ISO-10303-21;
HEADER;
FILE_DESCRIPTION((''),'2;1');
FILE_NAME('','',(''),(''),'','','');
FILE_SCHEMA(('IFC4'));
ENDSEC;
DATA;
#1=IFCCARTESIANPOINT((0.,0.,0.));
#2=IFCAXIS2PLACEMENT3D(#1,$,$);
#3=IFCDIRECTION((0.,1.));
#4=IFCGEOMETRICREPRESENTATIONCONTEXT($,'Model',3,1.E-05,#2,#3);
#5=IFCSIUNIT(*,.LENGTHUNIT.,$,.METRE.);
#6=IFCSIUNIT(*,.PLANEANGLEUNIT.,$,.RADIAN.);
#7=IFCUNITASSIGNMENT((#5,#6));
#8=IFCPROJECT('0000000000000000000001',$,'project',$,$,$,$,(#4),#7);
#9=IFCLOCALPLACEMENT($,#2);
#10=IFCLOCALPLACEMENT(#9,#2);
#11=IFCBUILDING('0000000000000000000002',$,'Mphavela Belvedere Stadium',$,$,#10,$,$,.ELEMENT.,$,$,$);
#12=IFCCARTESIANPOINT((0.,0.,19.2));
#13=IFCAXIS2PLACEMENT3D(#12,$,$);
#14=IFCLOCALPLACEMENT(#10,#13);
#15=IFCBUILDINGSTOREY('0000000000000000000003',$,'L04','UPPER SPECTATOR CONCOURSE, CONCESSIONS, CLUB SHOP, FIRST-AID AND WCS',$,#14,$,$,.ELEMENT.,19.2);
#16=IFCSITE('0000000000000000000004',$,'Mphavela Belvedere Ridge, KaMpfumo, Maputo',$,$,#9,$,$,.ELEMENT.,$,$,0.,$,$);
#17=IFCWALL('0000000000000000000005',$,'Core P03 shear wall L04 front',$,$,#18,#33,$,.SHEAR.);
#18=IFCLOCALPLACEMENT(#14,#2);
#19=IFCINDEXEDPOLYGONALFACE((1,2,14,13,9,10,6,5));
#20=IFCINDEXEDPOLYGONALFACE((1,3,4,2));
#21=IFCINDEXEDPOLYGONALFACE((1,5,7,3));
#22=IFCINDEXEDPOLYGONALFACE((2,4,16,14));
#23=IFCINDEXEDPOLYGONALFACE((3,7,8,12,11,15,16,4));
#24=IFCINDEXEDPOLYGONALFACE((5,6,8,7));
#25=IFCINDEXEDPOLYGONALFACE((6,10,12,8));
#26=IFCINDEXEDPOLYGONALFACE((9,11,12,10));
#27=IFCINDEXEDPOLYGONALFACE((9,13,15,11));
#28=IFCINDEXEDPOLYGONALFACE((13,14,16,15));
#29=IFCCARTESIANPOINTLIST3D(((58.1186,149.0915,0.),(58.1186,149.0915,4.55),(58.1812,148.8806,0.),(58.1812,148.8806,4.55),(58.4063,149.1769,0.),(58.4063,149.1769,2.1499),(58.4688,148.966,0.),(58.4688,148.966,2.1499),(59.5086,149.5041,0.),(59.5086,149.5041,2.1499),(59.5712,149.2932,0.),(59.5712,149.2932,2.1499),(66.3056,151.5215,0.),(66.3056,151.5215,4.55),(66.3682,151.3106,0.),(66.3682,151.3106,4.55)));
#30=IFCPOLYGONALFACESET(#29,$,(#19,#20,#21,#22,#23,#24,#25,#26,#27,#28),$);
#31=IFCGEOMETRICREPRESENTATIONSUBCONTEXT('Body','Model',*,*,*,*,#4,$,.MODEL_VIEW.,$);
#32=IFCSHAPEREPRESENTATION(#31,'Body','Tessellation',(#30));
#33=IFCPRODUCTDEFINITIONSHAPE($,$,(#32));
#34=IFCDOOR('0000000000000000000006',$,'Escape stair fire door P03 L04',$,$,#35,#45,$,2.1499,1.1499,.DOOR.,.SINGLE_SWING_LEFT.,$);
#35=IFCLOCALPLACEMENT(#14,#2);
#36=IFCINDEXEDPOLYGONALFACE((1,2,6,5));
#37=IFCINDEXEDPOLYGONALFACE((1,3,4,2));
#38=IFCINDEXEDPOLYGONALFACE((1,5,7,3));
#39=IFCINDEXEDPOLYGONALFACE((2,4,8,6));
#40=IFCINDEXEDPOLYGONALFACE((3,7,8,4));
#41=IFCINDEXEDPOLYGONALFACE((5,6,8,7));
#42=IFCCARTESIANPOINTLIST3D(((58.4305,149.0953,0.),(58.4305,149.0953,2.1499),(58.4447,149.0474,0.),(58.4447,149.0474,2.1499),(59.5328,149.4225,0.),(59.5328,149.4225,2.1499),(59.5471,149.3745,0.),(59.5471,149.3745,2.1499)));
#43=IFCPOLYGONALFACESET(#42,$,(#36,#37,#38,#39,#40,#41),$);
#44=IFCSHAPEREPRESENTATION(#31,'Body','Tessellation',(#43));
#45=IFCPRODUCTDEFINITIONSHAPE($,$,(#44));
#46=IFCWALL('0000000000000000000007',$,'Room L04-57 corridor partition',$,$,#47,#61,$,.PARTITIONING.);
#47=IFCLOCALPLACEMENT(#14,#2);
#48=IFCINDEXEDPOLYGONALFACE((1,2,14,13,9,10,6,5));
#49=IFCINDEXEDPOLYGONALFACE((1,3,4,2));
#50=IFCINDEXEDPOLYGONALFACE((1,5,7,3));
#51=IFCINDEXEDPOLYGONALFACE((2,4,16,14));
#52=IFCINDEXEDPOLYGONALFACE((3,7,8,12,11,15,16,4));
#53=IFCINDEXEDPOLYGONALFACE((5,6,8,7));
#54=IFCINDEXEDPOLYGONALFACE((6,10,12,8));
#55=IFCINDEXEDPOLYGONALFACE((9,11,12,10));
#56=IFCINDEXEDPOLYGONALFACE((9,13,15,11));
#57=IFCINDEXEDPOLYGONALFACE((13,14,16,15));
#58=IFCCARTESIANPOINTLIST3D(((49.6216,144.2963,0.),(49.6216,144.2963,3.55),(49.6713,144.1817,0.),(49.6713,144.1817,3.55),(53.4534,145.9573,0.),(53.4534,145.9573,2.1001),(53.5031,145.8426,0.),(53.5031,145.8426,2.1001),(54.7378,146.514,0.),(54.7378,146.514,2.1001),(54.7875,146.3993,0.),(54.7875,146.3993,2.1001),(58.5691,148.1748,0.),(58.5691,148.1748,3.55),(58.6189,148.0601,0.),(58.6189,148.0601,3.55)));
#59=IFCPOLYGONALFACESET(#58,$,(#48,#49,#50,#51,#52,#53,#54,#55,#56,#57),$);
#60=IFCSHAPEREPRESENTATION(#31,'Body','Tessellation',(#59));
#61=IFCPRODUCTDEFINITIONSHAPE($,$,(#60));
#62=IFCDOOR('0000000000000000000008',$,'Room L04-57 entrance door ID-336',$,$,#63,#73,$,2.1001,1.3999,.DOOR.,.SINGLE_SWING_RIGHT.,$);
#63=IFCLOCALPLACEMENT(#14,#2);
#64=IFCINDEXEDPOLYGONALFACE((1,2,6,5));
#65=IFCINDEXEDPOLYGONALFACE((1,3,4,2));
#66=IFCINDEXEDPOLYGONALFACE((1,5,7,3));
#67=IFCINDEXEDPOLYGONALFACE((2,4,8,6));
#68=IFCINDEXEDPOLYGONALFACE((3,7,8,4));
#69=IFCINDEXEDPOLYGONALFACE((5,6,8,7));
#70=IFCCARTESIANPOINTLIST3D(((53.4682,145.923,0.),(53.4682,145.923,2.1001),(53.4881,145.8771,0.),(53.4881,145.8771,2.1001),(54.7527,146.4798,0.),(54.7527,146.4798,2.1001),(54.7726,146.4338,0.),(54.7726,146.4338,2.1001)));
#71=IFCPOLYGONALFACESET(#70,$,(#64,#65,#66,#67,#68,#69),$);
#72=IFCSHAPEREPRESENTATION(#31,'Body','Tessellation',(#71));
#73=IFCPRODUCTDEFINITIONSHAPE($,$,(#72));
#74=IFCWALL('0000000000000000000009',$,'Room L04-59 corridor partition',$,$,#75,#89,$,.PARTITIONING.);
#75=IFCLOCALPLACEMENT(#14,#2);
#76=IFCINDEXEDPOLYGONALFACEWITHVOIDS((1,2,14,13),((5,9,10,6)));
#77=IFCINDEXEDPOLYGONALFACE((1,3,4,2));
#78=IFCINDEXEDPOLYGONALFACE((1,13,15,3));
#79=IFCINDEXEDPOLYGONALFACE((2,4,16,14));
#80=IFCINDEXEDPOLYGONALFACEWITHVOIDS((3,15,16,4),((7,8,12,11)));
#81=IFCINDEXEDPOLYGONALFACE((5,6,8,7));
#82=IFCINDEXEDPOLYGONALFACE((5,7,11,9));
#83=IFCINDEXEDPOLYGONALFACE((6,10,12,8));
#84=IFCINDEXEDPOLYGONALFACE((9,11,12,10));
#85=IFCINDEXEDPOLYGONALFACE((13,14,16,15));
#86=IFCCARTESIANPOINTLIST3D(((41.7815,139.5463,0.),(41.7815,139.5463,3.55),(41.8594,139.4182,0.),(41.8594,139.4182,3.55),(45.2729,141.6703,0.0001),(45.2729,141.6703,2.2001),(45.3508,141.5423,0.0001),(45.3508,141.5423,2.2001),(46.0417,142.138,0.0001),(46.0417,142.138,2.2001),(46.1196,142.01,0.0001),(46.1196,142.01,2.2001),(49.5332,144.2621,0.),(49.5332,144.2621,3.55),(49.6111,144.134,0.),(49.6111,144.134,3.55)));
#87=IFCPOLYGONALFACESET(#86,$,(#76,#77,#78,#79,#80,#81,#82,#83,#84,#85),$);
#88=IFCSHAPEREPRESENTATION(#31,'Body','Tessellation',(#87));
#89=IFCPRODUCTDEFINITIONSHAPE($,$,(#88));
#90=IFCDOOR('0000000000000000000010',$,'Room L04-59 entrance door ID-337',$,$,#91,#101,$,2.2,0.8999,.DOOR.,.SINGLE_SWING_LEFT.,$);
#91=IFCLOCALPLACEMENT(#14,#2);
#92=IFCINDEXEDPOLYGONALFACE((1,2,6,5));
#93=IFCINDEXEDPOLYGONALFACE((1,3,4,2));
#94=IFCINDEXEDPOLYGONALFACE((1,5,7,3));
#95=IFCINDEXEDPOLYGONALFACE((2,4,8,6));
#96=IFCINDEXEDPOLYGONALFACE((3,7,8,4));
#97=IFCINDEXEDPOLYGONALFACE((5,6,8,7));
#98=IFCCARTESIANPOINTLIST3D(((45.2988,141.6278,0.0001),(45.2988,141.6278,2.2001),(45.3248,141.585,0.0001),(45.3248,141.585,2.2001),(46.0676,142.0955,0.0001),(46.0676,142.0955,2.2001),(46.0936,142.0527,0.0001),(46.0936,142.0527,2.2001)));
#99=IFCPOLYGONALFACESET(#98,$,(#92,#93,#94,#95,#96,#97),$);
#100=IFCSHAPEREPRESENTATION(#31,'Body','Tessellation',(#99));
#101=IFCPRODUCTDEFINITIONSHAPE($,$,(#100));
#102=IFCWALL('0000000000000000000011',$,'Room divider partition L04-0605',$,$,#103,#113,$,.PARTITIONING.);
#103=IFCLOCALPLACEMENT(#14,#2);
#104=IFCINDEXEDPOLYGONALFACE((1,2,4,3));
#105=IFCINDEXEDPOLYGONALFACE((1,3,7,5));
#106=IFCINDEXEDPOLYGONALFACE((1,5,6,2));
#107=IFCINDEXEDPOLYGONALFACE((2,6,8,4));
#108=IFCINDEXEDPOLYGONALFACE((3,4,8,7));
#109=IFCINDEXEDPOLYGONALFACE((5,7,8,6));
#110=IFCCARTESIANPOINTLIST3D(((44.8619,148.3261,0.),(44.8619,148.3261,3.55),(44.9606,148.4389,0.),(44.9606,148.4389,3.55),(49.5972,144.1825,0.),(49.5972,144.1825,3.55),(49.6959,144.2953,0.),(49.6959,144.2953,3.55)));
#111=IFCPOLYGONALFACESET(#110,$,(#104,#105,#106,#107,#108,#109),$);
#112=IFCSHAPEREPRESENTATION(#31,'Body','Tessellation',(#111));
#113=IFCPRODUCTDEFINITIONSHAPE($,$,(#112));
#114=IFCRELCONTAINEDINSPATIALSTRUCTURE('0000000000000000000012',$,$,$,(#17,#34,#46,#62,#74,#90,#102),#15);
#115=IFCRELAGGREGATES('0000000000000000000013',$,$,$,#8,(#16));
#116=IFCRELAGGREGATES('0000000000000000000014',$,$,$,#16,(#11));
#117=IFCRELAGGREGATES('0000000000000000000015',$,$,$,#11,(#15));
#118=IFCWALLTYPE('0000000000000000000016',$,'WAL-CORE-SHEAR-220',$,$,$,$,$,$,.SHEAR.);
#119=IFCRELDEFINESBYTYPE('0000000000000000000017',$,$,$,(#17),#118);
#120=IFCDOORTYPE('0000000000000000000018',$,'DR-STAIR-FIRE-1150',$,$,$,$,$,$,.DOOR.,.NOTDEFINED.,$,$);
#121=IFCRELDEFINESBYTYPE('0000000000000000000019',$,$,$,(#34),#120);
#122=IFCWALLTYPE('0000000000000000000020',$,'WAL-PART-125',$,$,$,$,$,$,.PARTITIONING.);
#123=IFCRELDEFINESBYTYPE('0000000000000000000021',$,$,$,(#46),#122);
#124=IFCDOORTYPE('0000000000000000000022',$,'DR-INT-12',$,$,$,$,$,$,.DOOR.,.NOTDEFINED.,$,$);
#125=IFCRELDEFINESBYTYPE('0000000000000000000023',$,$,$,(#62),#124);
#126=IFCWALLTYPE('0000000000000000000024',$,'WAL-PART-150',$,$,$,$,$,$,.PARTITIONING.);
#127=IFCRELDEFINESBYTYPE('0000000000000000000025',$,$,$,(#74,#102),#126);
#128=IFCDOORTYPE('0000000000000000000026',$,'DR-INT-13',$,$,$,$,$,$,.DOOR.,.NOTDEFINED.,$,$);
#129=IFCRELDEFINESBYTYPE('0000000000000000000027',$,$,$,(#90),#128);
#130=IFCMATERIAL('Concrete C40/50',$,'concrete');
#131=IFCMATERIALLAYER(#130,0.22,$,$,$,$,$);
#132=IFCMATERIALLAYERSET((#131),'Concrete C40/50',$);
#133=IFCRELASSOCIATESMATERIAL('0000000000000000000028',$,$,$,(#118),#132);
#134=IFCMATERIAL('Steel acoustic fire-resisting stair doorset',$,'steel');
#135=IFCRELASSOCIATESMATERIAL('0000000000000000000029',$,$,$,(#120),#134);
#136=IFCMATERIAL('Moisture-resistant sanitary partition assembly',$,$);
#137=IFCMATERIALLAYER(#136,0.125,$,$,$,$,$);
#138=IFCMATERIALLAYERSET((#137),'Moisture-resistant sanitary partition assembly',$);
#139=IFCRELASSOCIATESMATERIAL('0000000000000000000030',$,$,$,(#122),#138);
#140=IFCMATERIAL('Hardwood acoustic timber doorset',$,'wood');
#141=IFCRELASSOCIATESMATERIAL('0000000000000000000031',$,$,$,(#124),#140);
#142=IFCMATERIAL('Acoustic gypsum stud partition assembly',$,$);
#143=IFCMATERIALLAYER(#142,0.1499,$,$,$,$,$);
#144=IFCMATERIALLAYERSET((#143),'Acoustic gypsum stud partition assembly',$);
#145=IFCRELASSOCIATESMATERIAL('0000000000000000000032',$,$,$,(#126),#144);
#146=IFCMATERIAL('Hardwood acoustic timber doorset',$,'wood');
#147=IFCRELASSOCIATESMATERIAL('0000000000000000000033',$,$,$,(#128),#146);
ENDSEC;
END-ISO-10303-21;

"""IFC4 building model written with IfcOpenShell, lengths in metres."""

from ifc_helpers import new_model, si_unit, direction, frame, frame_2d, origin, place, context, subcontext, project, spatial, rectangle, extrude, material, layer, layer_set, type_object, element, fill, save


model = new_model("IFC4")

# Units and contexts
model_context = context("Model", 3, precision=1e-05, world=origin(), true_north=direction((0.0, 1.0)))
body_context = subcontext(model_context, "Body", "Model", "MODEL_VIEW")
ifc_project = project(units=[si_unit("LENGTHUNIT", "METRE"), si_unit("PLANEANGLEUNIT", "RADIAN")], contexts=[model_context])

# Site, building, storey
site_placement = place(None, origin())
site = spatial("IfcSite", under=ifc_project, at=site_placement, Name="Mphavela Belvedere Ridge, KaMpfumo, Maputo", CompositionType="ELEMENT", RefElevation=0.0)
building_placement = place(site_placement, origin())
building = spatial("IfcBuilding", under=site, at=building_placement, Name="Mphavela Belvedere Stadium", CompositionType="ELEMENT")
storey_placement = place(building_placement, frame((0.0, 0.0, 19.2)))
storey = spatial("IfcBuildingStorey", under=building, at=storey_placement, Name="L04", Description="UPPER SPECTATOR CONCOURSE, CONCESSIONS, CLUB SHOP, FIRST-AID AND WCS", CompositionType="ELEMENT", Elevation=19.2)

# Shared definitions
ifc_material_1 = material(Name="Concrete C40/50", Category="concrete")
ifc_layer_1 = layer(ifc_material_1, 0.22)
ifc_layer_set_1 = layer_set([ifc_layer_1], Name="Concrete C40/50")
wall_type_1 = type_object("IfcWallType", Name="WAL-CORE-SHEAR-220", PredefinedType="SHEAR", material=ifc_layer_set_1)

# Walls, openings, doors
wall_1_placement = place(storey_placement, frame((58.1499, 148.9861, 0.0), z_axis=(0.0, 0.0, 1.0), x_axis=(0.958666, 0.284535, 0.0)))
wall_1 = element("IfcWall", 1, at=wall_1_placement, inside=storey, type_object=wall_type_1, Name="Core P03 shear wall L04 front", PredefinedType="SHEAR", context=body_context, shape_type="SweptSolid", body=[
    extrude(rectangle(XDim=8.54, YDim=0.22, at=frame_2d((4.27, 0.0))), origin(), (0.0, 0.0, 1.0), 4.55),
])
opening_1_placement = place(wall_1_placement, frame((0.3, 0.0, 0.0)))
opening_1 = element("IfcOpeningElement", 2, at=opening_1_placement, cuts=wall_1, PredefinedType="OPENING", context=body_context, shape_type="SweptSolid", body=[
    extrude(rectangle(XDim=1.1499, YDim=2.1499, at=frame_2d((0.575, 1.075))), frame((0.0, 0.1201, 0.0), z_axis=(0.0, -1.0, 0.0), x_axis=(1.0, 0.0, 0.0)), (0.0, 0.0, 1.0), 0.24),
])
ifc_material_2 = material(Name="Steel acoustic fire-resisting stair doorset", Category="steel")
door_type_1 = type_object("IfcDoorType", Name="DR-STAIR-FIRE-1150", OperationType="NOTDEFINED", PredefinedType="DOOR", material=ifc_material_2)
door_1_placement = place(opening_1_placement, origin())
door_1 = element("IfcDoor", 3, at=door_1_placement, inside=storey, type_object=door_type_1, Name="Escape stair fire door P03 L04", OperationType="SINGLE_SWING_LEFT", OverallHeight=2.1499, OverallWidth=1.1499, PredefinedType="DOOR", context=body_context, shape_type="SweptSolid", body=[
    extrude(rectangle(XDim=1.1499, YDim=2.1499, at=frame_2d((0.575, 1.075))), frame((0.0, 0.0249, 0.0), z_axis=(0.0, -1.0, 0.0), x_axis=(1.0, 0.0, 0.0)), (0.0, 0.0, 1.0), 0.05),
])
fill(opening_1, door_1)
ifc_material_3 = material(Name="Moisture-resistant sanitary partition assembly")
ifc_layer_2 = layer(ifc_material_3, 0.125)
ifc_layer_set_2 = layer_set([ifc_layer_2], Name="Moisture-resistant sanitary partition assembly")
wall_type_2 = type_object("IfcWallType", Name="WAL-PART-125", PredefinedType="PARTITIONING", material=ifc_layer_set_2)
wall_2_placement = place(storey_placement, frame((58.594, 148.1174, 0.0), z_axis=(0.0, 0.0, 1.0), x_axis=(-0.917512, -0.397708, 0.0)))
wall_2 = element("IfcWall", 4, at=wall_2_placement, inside=storey, type_object=wall_type_2, Name="Room L04-57 corridor partition", PredefinedType="PARTITIONING", context=body_context, shape_type="SweptSolid", body=[
    extrude(rectangle(XDim=9.752, YDim=0.125, at=frame_2d((4.876, 0.0))), origin(), (0.0, 0.0, 1.0), 3.55),
])
opening_2_placement = place(wall_2_placement, frame((4.1758, 0.0, 0.0)))
opening_2 = element("IfcOpeningElement", 5, at=opening_2_placement, cuts=wall_2, PredefinedType="OPENING", context=body_context, shape_type="SweptSolid", body=[
    extrude(rectangle(XDim=1.3999, YDim=2.1001, at=frame_2d((0.7, 1.05))), frame((0.0, 0.0725, 0.0), z_axis=(0.0, -1.0, 0.0), x_axis=(1.0, 0.0, 0.0)), (0.0, 0.0, 1.0), 0.145),
])
ifc_material_4 = material(Name="Hardwood acoustic timber doorset", Category="wood")
door_type_2 = type_object("IfcDoorType", Name="DR-INT-12", OperationType="NOTDEFINED", PredefinedType="DOOR", material=ifc_material_4)
door_2_placement = place(opening_2_placement, origin())
door_2 = element("IfcDoor", 6, at=door_2_placement, inside=storey, type_object=door_type_2, Name="Room L04-57 entrance door ID-336", OperationType="SINGLE_SWING_RIGHT", OverallHeight=2.1001, OverallWidth=1.3999, PredefinedType="DOOR", context=body_context, shape_type="SweptSolid", body=[
    extrude(rectangle(XDim=1.3999, YDim=2.1001, at=frame_2d((0.7, 1.05))), frame((0.0, 0.0249, 0.0), z_axis=(0.0, -1.0, 0.0), x_axis=(1.0, 0.0, 0.0)), (0.0, 0.0, 1.0), 0.05),
])
fill(opening_2, door_2)
ifc_material_5 = material(Name="Acoustic gypsum stud partition assembly")
ifc_layer_3 = layer(ifc_material_5, 0.1499)
ifc_layer_set_3 = layer_set([ifc_layer_3], Name="Acoustic gypsum stud partition assembly")
wall_type_3 = type_object("IfcWallType", Name="WAL-PART-150", PredefinedType="PARTITIONING", material=ifc_layer_set_3)
wall_3_placement = place(storey_placement, frame((49.572, 144.198, 0.0), z_axis=(0.0, 0.0, 1.0), x_axis=(-0.854326, -0.519737, 0.0)))
wall_3 = element("IfcWall", 7, at=wall_3_placement, inside=storey, type_object=wall_type_3, Name="Room L04-59 corridor partition", PredefinedType="PARTITIONING", context=body_context, shape_type="SweptSolid", body=[
    extrude(rectangle(XDim=9.0735, YDim=0.1499, at=frame_2d((4.5366, 0.0))), origin(), (0.0, 0.0, 1.0), 3.55),
])
opening_3_placement = place(wall_3_placement, frame((4.0867, 0.0, 0.0)))
opening_3 = element("IfcOpeningElement", 8, at=opening_3_placement, cuts=wall_3, PredefinedType="OPENING", context=body_context, shape_type="SweptSolid", body=[
    extrude(rectangle(XDim=0.8999, YDim=2.2, at=frame_2d((0.45, 1.1001))), frame((0.0, 0.085, 0.0), z_axis=(0.0, -1.0, 0.0), x_axis=(1.0, 0.0, 0.0)), (0.0, 0.0, 1.0), 0.1699),
])
ifc_material_6 = material(Name="Hardwood acoustic timber doorset", Category="wood")
door_type_3 = type_object("IfcDoorType", Name="DR-INT-13", OperationType="NOTDEFINED", PredefinedType="DOOR", material=ifc_material_6)
door_3_placement = place(opening_3_placement, origin())
door_3 = element("IfcDoor", 9, at=door_3_placement, inside=storey, type_object=door_type_3, Name="Room L04-59 entrance door ID-337", OperationType="SINGLE_SWING_LEFT", OverallHeight=2.2, OverallWidth=0.8999, PredefinedType="DOOR", context=body_context, shape_type="SweptSolid", body=[
    extrude(rectangle(XDim=0.8999, YDim=2.2, at=frame_2d((0.45, 1.1001))), frame((0.0, 0.0249, 0.0), z_axis=(0.0, -1.0, 0.0), x_axis=(1.0, 0.0, 0.0)), (0.0, 0.0, 1.0), 0.05),
])
fill(opening_3, door_3)

# Wall
wall_4_placement = place(storey_placement, frame((49.6465, 144.239, 0.0), z_axis=(0.0, 0.0, 1.0), x_axis=(-0.752567, 0.658516, 0.0)))
element("IfcWall", 10, at=wall_4_placement, inside=storey, type_object=wall_type_3, Name="Room divider partition L04-0605", PredefinedType="PARTITIONING", context=body_context, shape_type="SweptSolid", body=[
    extrude(rectangle(XDim=6.2922, YDim=0.1499, at=frame_2d((3.146, 0.0))), origin(), (0.0, 0.0, 1.0), 3.55),
])

save(model, "model.ifc")
